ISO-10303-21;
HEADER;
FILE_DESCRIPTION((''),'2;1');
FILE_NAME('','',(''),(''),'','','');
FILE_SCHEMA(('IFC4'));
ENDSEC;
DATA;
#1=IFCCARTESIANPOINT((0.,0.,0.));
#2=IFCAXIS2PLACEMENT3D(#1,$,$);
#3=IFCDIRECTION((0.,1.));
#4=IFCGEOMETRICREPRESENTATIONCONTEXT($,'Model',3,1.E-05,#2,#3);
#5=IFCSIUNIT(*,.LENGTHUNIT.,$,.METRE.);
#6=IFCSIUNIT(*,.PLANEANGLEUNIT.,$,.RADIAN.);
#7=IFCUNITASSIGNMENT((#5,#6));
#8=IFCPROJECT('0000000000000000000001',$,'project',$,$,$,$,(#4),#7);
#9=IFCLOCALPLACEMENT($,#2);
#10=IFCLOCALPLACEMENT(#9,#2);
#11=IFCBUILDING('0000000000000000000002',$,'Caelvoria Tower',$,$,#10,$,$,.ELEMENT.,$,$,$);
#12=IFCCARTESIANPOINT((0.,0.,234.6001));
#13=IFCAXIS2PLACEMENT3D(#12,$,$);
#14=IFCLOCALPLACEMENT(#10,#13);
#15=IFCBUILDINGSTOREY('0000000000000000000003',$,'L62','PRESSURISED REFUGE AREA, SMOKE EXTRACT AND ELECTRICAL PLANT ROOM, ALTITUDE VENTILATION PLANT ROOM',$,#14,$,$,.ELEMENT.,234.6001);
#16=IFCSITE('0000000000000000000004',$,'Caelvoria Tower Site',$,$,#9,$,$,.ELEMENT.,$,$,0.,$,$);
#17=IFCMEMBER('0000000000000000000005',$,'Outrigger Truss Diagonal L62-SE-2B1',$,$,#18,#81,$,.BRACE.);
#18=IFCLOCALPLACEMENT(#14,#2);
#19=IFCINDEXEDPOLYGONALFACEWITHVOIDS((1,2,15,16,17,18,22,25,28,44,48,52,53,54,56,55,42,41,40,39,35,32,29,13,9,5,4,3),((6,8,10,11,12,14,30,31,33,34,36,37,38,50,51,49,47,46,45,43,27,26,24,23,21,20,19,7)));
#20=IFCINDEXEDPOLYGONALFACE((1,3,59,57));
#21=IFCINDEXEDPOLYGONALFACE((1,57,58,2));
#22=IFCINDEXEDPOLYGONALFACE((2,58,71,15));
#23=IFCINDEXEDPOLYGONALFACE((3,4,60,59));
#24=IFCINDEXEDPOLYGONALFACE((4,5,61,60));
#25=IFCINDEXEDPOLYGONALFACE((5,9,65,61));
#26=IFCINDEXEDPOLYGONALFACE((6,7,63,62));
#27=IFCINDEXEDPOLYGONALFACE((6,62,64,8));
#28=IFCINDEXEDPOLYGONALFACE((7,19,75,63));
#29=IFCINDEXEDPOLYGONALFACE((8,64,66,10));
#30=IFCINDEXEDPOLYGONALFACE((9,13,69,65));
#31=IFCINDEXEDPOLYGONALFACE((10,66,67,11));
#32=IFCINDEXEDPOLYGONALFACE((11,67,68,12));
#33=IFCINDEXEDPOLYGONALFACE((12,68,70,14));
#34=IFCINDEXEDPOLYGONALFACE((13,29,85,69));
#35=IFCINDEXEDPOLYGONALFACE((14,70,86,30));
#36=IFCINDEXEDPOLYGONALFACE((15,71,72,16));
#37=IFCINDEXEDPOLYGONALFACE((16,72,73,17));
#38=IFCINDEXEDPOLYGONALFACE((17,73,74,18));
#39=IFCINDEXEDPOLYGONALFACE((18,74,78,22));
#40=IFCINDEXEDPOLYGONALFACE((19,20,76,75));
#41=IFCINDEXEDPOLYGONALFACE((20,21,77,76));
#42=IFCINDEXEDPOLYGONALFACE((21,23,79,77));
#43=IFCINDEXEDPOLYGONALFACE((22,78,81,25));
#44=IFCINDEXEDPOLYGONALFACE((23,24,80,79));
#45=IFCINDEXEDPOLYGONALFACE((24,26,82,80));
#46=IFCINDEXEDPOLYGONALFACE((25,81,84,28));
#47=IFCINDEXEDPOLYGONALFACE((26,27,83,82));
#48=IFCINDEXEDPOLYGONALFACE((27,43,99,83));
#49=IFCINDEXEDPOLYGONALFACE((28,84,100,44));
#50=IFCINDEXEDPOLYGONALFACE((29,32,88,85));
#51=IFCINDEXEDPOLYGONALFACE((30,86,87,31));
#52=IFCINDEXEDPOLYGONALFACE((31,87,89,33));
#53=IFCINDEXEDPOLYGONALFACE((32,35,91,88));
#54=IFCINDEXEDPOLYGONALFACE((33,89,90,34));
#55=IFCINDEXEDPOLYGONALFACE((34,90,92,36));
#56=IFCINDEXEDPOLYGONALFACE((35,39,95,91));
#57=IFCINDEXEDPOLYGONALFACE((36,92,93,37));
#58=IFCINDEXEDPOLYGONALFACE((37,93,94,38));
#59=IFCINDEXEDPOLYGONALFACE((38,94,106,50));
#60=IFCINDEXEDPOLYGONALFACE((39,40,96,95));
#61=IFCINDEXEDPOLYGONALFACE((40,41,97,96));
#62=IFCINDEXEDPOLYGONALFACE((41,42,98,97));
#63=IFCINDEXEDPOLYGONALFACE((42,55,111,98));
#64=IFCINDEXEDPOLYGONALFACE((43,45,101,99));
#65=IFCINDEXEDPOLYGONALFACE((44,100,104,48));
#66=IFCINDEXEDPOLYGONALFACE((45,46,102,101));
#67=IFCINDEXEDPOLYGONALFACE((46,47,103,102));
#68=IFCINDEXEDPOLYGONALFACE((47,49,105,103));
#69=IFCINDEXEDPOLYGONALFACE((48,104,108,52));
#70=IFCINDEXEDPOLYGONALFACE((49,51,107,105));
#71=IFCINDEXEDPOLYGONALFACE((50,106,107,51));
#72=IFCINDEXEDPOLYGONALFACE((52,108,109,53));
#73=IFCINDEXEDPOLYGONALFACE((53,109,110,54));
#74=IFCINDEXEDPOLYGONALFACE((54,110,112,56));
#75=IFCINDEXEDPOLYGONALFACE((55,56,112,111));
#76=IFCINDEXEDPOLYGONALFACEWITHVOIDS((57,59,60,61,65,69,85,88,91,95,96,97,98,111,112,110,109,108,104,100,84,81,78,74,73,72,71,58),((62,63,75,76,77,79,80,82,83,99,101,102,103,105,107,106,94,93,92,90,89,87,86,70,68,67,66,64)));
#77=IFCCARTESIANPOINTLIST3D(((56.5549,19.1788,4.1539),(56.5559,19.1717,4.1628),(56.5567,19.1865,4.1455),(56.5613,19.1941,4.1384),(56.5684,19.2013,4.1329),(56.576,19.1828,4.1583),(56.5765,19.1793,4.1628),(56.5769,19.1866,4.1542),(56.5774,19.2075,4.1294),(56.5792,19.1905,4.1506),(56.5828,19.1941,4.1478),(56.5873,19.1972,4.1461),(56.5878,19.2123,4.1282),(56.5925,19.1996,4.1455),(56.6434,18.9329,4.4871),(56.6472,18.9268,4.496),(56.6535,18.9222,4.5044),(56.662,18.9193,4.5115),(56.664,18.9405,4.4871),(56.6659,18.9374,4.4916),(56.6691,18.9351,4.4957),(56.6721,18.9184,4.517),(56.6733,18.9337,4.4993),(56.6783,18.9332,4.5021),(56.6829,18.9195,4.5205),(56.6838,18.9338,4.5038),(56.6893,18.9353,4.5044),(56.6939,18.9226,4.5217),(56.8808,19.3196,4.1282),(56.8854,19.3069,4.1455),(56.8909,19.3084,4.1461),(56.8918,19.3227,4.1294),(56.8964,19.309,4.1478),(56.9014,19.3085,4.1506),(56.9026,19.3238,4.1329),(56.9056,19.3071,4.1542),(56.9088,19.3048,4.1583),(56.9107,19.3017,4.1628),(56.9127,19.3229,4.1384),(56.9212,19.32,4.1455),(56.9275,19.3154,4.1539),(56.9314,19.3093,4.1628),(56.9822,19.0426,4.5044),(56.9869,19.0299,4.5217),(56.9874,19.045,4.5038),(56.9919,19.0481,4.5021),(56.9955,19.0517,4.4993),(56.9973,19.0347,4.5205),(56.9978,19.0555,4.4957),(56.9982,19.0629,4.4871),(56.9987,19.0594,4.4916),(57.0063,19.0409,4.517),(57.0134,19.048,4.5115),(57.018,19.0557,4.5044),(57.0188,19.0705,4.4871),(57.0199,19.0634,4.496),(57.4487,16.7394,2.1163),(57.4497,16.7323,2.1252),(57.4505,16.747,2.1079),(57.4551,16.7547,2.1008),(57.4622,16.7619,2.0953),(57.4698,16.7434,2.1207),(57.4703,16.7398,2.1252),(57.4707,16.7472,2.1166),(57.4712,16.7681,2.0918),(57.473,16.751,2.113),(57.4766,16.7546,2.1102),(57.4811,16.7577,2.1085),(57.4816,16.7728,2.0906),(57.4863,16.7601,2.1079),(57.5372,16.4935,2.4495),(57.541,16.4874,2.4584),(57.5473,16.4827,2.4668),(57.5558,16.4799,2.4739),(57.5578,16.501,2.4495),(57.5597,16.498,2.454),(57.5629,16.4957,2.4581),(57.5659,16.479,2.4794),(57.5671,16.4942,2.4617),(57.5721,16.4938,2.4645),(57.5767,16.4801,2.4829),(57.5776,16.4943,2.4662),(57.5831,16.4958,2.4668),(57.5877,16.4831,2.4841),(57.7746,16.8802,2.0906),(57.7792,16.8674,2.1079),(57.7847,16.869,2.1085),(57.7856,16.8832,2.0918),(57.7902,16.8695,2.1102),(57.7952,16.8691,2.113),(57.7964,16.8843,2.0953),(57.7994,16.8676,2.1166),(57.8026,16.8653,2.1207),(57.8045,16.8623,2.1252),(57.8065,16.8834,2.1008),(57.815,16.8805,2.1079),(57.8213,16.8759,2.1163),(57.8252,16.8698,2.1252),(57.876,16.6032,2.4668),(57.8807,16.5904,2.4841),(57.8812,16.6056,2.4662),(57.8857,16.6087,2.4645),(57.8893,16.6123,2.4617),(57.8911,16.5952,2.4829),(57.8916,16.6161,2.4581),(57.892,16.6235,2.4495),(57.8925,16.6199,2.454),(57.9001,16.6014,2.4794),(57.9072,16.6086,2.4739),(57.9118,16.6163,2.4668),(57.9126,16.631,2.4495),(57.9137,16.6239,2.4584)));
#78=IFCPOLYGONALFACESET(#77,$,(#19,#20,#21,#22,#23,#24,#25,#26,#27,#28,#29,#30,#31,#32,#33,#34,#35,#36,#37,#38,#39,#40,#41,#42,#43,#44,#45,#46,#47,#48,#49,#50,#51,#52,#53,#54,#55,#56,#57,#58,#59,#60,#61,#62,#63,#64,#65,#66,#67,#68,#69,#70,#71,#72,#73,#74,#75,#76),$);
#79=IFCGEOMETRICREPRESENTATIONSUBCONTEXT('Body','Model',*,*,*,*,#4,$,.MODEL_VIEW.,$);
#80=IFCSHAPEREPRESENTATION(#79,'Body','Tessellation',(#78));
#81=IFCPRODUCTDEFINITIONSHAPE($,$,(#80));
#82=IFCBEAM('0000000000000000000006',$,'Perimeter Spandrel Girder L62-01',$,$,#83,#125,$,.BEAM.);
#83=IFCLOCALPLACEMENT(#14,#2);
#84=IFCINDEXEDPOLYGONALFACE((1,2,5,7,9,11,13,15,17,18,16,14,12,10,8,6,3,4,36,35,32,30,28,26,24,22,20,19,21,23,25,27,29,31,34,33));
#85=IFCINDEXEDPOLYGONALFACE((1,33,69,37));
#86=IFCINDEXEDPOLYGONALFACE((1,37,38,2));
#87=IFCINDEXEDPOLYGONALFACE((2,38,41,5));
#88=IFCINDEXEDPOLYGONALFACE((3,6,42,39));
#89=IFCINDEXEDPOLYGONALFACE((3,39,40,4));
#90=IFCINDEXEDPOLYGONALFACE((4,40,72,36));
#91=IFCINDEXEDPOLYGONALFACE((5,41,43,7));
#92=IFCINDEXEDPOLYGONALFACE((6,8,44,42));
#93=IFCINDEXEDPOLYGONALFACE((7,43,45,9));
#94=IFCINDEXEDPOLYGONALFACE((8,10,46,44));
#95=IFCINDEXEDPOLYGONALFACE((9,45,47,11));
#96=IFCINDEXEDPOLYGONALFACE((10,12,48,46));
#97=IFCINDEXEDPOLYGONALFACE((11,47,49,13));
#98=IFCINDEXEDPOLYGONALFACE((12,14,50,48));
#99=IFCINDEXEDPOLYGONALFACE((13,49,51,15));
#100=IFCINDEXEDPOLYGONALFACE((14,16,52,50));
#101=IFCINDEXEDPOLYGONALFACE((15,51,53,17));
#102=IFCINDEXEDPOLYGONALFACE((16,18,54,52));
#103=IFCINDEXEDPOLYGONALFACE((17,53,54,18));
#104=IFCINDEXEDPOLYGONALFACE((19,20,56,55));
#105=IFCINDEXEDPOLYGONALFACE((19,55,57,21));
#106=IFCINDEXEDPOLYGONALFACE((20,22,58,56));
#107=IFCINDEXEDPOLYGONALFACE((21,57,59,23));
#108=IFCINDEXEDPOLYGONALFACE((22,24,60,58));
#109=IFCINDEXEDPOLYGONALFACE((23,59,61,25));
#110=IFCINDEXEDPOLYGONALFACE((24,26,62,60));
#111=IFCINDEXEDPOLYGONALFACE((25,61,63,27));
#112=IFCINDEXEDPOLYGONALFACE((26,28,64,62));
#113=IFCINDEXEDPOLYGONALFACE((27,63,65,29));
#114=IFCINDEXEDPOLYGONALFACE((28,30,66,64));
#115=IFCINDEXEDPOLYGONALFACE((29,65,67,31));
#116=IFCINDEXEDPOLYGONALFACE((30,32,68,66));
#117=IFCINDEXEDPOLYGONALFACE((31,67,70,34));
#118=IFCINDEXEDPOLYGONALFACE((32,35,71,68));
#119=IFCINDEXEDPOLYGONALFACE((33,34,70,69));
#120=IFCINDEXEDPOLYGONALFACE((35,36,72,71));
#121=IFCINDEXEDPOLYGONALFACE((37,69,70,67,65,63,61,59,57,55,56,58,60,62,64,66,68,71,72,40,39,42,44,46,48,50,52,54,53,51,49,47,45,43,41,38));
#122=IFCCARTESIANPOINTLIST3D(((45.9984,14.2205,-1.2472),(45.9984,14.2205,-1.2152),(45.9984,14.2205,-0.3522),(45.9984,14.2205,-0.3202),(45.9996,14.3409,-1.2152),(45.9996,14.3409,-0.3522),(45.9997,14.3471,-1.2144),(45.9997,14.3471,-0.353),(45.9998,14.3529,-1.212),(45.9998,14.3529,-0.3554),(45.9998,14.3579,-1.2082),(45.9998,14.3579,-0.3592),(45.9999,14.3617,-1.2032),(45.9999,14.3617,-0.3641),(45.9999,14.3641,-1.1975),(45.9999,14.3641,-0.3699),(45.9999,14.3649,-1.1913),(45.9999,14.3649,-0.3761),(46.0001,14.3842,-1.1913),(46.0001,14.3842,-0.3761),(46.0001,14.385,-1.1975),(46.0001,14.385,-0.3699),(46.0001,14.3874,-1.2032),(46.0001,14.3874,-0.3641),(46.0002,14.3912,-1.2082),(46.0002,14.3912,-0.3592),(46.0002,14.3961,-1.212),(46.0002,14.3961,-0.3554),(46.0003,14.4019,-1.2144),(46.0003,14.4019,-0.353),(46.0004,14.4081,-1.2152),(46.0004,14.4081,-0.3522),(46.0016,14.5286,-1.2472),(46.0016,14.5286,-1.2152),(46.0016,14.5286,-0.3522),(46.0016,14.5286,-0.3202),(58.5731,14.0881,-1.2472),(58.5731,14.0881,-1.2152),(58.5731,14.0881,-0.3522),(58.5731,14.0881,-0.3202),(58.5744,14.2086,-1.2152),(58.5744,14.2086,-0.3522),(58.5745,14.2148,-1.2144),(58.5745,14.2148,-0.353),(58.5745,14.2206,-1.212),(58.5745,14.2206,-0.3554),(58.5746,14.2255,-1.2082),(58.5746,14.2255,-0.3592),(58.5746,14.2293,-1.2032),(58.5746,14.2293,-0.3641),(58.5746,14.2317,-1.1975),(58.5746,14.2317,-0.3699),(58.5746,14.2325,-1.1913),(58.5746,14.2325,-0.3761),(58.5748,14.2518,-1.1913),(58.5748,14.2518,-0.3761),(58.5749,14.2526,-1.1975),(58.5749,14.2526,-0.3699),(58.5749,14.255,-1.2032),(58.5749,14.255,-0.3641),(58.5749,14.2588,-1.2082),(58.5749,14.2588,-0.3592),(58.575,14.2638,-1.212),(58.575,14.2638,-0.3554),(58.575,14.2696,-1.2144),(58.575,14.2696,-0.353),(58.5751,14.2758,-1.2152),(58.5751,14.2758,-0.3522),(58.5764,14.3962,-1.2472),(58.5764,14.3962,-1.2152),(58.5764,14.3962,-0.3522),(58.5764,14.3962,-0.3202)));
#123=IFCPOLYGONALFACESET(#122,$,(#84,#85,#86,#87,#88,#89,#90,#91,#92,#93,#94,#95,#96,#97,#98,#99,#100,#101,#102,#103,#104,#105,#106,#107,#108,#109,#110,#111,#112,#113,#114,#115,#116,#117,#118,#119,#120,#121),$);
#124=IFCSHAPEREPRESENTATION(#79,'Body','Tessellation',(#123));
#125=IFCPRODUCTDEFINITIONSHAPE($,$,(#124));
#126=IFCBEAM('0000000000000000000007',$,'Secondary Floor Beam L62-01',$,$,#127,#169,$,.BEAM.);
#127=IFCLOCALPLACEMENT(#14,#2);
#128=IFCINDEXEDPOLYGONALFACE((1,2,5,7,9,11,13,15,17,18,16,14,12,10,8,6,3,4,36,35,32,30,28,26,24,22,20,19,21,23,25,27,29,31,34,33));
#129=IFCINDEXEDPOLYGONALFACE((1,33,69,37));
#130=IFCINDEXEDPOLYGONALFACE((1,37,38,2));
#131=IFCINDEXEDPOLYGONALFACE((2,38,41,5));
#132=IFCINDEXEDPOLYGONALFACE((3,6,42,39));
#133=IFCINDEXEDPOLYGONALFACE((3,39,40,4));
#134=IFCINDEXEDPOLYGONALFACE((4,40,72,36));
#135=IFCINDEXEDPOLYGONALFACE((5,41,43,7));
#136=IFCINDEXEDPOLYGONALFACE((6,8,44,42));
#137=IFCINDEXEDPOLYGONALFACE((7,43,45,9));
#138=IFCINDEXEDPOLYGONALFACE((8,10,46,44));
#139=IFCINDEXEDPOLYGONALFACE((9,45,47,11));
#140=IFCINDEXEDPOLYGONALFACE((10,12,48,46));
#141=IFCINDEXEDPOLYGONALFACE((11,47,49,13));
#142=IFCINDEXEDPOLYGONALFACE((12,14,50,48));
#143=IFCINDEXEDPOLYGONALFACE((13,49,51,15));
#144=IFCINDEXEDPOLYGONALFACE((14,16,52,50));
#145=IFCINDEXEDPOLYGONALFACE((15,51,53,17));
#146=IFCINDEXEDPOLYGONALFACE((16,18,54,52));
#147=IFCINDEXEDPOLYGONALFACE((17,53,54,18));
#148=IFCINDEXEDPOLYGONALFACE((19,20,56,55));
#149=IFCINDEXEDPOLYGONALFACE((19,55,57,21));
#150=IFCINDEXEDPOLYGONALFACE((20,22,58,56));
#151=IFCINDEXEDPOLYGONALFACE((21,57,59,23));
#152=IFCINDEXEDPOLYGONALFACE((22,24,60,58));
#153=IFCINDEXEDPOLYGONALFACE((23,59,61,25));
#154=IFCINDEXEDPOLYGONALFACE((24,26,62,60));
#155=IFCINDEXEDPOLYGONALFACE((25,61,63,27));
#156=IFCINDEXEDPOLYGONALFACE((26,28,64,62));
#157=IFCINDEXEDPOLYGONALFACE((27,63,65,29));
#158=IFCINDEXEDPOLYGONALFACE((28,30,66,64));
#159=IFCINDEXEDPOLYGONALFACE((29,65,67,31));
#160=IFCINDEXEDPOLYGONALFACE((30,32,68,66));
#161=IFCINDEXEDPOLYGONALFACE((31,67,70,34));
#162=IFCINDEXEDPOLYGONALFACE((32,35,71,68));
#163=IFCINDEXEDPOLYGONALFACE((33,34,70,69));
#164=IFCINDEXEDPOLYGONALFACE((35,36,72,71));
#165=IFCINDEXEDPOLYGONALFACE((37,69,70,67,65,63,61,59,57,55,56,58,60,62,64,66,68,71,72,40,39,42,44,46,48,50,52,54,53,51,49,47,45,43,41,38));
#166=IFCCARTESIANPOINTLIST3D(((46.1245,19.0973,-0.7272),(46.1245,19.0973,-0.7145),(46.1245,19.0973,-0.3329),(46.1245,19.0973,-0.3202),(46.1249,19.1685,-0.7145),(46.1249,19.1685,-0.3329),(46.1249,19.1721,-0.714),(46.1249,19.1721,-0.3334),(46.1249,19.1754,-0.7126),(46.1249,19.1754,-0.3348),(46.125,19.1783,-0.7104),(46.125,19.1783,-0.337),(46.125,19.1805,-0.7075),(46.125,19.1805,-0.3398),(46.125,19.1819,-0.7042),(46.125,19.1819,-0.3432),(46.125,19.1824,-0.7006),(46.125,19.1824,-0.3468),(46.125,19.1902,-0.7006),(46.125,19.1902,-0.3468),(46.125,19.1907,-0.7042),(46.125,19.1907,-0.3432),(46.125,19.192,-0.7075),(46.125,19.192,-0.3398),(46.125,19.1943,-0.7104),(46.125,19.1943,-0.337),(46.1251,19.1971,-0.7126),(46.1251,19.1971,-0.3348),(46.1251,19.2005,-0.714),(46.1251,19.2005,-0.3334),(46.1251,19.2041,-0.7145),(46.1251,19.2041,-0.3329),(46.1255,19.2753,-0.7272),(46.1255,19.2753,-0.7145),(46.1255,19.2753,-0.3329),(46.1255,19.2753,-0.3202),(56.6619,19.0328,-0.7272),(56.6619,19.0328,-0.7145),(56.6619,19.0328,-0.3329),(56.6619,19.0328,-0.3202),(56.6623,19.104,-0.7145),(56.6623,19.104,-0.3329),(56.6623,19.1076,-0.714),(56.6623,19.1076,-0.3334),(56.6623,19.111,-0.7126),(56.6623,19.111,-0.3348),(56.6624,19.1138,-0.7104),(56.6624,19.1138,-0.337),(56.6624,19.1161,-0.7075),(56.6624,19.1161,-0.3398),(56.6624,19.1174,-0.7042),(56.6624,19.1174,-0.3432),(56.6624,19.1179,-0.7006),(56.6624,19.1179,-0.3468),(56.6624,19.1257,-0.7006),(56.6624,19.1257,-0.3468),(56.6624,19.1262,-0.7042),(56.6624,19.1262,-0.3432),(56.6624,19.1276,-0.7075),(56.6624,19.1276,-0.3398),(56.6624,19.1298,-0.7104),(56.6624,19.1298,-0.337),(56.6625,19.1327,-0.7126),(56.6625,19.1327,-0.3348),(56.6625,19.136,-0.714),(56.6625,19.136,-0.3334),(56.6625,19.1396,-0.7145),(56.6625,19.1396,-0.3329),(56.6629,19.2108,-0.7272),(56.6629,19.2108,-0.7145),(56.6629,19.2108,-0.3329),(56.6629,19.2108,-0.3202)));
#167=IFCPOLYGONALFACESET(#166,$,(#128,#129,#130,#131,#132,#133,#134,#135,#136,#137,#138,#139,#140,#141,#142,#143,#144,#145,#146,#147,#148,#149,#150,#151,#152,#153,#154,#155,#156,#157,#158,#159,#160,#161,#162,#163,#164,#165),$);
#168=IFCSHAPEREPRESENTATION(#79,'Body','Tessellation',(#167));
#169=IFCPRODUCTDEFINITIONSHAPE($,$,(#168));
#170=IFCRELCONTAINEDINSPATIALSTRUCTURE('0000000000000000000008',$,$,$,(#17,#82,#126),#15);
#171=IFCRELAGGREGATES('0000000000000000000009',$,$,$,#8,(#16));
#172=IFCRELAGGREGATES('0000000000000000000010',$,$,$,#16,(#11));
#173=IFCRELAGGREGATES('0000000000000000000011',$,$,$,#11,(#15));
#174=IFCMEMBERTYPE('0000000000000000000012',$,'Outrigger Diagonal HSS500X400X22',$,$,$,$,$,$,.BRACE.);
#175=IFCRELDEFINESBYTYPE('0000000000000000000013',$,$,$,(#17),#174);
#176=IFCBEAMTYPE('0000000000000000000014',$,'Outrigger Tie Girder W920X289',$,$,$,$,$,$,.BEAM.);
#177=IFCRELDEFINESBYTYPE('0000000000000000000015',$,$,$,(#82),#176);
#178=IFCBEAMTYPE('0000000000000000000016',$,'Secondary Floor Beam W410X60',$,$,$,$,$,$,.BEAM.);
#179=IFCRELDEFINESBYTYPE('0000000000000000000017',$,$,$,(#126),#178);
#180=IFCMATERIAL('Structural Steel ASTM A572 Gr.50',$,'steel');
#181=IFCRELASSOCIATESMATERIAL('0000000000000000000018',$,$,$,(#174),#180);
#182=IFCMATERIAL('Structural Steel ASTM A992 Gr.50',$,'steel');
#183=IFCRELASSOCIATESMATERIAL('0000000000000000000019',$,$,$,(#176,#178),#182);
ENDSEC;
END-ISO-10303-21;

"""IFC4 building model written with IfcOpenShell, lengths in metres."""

from ifc_helpers import new_model, si_unit, direction, frame, origin, origin_2d, place, context, subcontext, project, spatial, hollow_rectangle, i_section, extrude, material, material_profile, profile_set, type_object, element, save


model = new_model("IFC4")

# Units and contexts
model_context = context("Model", 3, precision=1e-05, world=origin(), true_north=direction((0.0, 1.0)))
body_context = subcontext(model_context, "Body", "Model", "MODEL_VIEW")
ifc_project = project(units=[si_unit("LENGTHUNIT", "METRE"), si_unit("PLANEANGLEUNIT", "RADIAN")], contexts=[model_context])

# Site, building, storey
site_placement = place(None, origin())
site = spatial("IfcSite", under=ifc_project, at=site_placement, Name="Caelvoria Tower Site", CompositionType="ELEMENT", RefElevation=0.0)
building_placement = place(site_placement, origin())
building = spatial("IfcBuilding", under=site, at=building_placement, Name="Caelvoria Tower", CompositionType="ELEMENT")
storey_placement = place(building_placement, frame((0.0, 0.0, 234.6001)))
storey = spatial("IfcBuildingStorey", under=building, at=storey_placement, Name="L62", Description="PRESSURISED REFUGE AREA, SMOKE EXTRACT AND ELECTRICAL PLANT ROOM, ALTITUDE VENTILATION PLANT ROOM", CompositionType="ELEMENT", Elevation=234.6001)

# Shared definitions
ifc_material_1 = material(Name="Structural Steel ASTM A992 Gr.50", Category="steel")

# Member
ifc_material_2 = material(Name="Structural Steel ASTM A572 Gr.50", Category="steel")
ifc_material_profile_1 = material_profile(ifc_material_2, hollow_rectangle(XDim=0.3999, YDim=0.5, WallThickness=0.022, InnerFilletRadius=0.022, OuterFilletRadius=0.0439, at=origin_2d()), Name="Structural Steel ASTM A572 Gr.50")
ifc_profile_set_1 = profile_set([ifc_material_profile_1], Name="HSS500X400X22 - Structural Steel ASTM A572 Gr.50")
member_type_1 = type_object("IfcMemberType", Name="Outrigger Diagonal HSS500X400X22", PredefinedType="BRACE", material=ifc_profile_set_1)
member_1_placement = place(storey_placement, frame((56.7874, 19.1211, 4.325), z_axis=(0.270704, -0.738834, -0.617125), x_axis=(0.938959, 0.344028, 0.0)))
element("IfcMember", 1, at=member_1_placement, inside=storey, type_object=member_type_1, Name="Outrigger Truss Diagonal L62-SE-2B1", PredefinedType="BRACE", context=body_context, shape_type="SweptSolid", body=[
    extrude(hollow_rectangle(XDim=0.3999, YDim=0.5, WallThickness=0.022, InnerFilletRadius=0.022, OuterFilletRadius=0.0439, at=origin_2d()), origin(), (0.0, 0.0, 1.0), 3.3018),
])

# Beams
ifc_material_profile_2 = material_profile(ifc_material_1, i_section(OverallWidth=0.3081, OverallDepth=0.927, WebThickness=0.0193, FlangeThickness=0.032, FilletRadius=0.0239, at=origin_2d()), Name="Structural Steel ASTM A992 Gr.50")
ifc_profile_set_2 = profile_set([ifc_material_profile_2], Name="W920X289 - Structural Steel ASTM A992 Gr.50")
beam_type_1 = type_object("IfcBeamType", Name="Outrigger Tie Girder W920X289", PredefinedType="BEAM", material=ifc_profile_set_2)
beam_1_placement = place(storey_placement, frame((46.0, 14.3745, -0.7837), z_axis=(0.999945, -0.010522, 0.0), x_axis=(0.010522, 0.999945, 0.0)))
element("IfcBeam", 2, at=beam_1_placement, inside=storey, type_object=beam_type_1, Name="Perimeter Spandrel Girder L62-01", PredefinedType="BEAM", context=body_context, shape_type="SweptSolid", body=[
    extrude(i_section(OverallWidth=0.3081, OverallDepth=0.927, WebThickness=0.0193, FlangeThickness=0.032, FilletRadius=0.0239, at=origin_2d()), origin(), (0.0, 0.0, 1.0), 12.5754),
])
ifc_material_profile_3 = material_profile(ifc_material_1, i_section(OverallWidth=0.178, OverallDepth=0.407, WebThickness=0.0078, FlangeThickness=0.0127, FilletRadius=0.0139, at=origin_2d()), Name="Structural Steel ASTM A992 Gr.50")
ifc_profile_set_3 = profile_set([ifc_material_profile_3], Name="W410X60 - Structural Steel ASTM A992 Gr.50")
beam_type_2 = type_object("IfcBeamType", Name="Secondary Floor Beam W410X60", PredefinedType="BEAM", material=ifc_profile_set_3)
beam_2_placement = place(storey_placement, frame((46.125, 19.1863, -0.5237), z_axis=(0.999981, -0.006117, 0.0), x_axis=(0.006117, 0.999981, 0.0)))
element("IfcBeam", 3, at=beam_2_placement, inside=storey, type_object=beam_type_2, Name="Secondary Floor Beam L62-01", PredefinedType="BEAM", context=body_context, shape_type="SweptSolid", body=[
    extrude(i_section(OverallWidth=0.178, OverallDepth=0.407, WebThickness=0.0078, FlangeThickness=0.0127, FilletRadius=0.0139, at=origin_2d()), origin(), (0.0, 0.0, 1.0), 10.5376),
])

save(model, "model.ifc")
